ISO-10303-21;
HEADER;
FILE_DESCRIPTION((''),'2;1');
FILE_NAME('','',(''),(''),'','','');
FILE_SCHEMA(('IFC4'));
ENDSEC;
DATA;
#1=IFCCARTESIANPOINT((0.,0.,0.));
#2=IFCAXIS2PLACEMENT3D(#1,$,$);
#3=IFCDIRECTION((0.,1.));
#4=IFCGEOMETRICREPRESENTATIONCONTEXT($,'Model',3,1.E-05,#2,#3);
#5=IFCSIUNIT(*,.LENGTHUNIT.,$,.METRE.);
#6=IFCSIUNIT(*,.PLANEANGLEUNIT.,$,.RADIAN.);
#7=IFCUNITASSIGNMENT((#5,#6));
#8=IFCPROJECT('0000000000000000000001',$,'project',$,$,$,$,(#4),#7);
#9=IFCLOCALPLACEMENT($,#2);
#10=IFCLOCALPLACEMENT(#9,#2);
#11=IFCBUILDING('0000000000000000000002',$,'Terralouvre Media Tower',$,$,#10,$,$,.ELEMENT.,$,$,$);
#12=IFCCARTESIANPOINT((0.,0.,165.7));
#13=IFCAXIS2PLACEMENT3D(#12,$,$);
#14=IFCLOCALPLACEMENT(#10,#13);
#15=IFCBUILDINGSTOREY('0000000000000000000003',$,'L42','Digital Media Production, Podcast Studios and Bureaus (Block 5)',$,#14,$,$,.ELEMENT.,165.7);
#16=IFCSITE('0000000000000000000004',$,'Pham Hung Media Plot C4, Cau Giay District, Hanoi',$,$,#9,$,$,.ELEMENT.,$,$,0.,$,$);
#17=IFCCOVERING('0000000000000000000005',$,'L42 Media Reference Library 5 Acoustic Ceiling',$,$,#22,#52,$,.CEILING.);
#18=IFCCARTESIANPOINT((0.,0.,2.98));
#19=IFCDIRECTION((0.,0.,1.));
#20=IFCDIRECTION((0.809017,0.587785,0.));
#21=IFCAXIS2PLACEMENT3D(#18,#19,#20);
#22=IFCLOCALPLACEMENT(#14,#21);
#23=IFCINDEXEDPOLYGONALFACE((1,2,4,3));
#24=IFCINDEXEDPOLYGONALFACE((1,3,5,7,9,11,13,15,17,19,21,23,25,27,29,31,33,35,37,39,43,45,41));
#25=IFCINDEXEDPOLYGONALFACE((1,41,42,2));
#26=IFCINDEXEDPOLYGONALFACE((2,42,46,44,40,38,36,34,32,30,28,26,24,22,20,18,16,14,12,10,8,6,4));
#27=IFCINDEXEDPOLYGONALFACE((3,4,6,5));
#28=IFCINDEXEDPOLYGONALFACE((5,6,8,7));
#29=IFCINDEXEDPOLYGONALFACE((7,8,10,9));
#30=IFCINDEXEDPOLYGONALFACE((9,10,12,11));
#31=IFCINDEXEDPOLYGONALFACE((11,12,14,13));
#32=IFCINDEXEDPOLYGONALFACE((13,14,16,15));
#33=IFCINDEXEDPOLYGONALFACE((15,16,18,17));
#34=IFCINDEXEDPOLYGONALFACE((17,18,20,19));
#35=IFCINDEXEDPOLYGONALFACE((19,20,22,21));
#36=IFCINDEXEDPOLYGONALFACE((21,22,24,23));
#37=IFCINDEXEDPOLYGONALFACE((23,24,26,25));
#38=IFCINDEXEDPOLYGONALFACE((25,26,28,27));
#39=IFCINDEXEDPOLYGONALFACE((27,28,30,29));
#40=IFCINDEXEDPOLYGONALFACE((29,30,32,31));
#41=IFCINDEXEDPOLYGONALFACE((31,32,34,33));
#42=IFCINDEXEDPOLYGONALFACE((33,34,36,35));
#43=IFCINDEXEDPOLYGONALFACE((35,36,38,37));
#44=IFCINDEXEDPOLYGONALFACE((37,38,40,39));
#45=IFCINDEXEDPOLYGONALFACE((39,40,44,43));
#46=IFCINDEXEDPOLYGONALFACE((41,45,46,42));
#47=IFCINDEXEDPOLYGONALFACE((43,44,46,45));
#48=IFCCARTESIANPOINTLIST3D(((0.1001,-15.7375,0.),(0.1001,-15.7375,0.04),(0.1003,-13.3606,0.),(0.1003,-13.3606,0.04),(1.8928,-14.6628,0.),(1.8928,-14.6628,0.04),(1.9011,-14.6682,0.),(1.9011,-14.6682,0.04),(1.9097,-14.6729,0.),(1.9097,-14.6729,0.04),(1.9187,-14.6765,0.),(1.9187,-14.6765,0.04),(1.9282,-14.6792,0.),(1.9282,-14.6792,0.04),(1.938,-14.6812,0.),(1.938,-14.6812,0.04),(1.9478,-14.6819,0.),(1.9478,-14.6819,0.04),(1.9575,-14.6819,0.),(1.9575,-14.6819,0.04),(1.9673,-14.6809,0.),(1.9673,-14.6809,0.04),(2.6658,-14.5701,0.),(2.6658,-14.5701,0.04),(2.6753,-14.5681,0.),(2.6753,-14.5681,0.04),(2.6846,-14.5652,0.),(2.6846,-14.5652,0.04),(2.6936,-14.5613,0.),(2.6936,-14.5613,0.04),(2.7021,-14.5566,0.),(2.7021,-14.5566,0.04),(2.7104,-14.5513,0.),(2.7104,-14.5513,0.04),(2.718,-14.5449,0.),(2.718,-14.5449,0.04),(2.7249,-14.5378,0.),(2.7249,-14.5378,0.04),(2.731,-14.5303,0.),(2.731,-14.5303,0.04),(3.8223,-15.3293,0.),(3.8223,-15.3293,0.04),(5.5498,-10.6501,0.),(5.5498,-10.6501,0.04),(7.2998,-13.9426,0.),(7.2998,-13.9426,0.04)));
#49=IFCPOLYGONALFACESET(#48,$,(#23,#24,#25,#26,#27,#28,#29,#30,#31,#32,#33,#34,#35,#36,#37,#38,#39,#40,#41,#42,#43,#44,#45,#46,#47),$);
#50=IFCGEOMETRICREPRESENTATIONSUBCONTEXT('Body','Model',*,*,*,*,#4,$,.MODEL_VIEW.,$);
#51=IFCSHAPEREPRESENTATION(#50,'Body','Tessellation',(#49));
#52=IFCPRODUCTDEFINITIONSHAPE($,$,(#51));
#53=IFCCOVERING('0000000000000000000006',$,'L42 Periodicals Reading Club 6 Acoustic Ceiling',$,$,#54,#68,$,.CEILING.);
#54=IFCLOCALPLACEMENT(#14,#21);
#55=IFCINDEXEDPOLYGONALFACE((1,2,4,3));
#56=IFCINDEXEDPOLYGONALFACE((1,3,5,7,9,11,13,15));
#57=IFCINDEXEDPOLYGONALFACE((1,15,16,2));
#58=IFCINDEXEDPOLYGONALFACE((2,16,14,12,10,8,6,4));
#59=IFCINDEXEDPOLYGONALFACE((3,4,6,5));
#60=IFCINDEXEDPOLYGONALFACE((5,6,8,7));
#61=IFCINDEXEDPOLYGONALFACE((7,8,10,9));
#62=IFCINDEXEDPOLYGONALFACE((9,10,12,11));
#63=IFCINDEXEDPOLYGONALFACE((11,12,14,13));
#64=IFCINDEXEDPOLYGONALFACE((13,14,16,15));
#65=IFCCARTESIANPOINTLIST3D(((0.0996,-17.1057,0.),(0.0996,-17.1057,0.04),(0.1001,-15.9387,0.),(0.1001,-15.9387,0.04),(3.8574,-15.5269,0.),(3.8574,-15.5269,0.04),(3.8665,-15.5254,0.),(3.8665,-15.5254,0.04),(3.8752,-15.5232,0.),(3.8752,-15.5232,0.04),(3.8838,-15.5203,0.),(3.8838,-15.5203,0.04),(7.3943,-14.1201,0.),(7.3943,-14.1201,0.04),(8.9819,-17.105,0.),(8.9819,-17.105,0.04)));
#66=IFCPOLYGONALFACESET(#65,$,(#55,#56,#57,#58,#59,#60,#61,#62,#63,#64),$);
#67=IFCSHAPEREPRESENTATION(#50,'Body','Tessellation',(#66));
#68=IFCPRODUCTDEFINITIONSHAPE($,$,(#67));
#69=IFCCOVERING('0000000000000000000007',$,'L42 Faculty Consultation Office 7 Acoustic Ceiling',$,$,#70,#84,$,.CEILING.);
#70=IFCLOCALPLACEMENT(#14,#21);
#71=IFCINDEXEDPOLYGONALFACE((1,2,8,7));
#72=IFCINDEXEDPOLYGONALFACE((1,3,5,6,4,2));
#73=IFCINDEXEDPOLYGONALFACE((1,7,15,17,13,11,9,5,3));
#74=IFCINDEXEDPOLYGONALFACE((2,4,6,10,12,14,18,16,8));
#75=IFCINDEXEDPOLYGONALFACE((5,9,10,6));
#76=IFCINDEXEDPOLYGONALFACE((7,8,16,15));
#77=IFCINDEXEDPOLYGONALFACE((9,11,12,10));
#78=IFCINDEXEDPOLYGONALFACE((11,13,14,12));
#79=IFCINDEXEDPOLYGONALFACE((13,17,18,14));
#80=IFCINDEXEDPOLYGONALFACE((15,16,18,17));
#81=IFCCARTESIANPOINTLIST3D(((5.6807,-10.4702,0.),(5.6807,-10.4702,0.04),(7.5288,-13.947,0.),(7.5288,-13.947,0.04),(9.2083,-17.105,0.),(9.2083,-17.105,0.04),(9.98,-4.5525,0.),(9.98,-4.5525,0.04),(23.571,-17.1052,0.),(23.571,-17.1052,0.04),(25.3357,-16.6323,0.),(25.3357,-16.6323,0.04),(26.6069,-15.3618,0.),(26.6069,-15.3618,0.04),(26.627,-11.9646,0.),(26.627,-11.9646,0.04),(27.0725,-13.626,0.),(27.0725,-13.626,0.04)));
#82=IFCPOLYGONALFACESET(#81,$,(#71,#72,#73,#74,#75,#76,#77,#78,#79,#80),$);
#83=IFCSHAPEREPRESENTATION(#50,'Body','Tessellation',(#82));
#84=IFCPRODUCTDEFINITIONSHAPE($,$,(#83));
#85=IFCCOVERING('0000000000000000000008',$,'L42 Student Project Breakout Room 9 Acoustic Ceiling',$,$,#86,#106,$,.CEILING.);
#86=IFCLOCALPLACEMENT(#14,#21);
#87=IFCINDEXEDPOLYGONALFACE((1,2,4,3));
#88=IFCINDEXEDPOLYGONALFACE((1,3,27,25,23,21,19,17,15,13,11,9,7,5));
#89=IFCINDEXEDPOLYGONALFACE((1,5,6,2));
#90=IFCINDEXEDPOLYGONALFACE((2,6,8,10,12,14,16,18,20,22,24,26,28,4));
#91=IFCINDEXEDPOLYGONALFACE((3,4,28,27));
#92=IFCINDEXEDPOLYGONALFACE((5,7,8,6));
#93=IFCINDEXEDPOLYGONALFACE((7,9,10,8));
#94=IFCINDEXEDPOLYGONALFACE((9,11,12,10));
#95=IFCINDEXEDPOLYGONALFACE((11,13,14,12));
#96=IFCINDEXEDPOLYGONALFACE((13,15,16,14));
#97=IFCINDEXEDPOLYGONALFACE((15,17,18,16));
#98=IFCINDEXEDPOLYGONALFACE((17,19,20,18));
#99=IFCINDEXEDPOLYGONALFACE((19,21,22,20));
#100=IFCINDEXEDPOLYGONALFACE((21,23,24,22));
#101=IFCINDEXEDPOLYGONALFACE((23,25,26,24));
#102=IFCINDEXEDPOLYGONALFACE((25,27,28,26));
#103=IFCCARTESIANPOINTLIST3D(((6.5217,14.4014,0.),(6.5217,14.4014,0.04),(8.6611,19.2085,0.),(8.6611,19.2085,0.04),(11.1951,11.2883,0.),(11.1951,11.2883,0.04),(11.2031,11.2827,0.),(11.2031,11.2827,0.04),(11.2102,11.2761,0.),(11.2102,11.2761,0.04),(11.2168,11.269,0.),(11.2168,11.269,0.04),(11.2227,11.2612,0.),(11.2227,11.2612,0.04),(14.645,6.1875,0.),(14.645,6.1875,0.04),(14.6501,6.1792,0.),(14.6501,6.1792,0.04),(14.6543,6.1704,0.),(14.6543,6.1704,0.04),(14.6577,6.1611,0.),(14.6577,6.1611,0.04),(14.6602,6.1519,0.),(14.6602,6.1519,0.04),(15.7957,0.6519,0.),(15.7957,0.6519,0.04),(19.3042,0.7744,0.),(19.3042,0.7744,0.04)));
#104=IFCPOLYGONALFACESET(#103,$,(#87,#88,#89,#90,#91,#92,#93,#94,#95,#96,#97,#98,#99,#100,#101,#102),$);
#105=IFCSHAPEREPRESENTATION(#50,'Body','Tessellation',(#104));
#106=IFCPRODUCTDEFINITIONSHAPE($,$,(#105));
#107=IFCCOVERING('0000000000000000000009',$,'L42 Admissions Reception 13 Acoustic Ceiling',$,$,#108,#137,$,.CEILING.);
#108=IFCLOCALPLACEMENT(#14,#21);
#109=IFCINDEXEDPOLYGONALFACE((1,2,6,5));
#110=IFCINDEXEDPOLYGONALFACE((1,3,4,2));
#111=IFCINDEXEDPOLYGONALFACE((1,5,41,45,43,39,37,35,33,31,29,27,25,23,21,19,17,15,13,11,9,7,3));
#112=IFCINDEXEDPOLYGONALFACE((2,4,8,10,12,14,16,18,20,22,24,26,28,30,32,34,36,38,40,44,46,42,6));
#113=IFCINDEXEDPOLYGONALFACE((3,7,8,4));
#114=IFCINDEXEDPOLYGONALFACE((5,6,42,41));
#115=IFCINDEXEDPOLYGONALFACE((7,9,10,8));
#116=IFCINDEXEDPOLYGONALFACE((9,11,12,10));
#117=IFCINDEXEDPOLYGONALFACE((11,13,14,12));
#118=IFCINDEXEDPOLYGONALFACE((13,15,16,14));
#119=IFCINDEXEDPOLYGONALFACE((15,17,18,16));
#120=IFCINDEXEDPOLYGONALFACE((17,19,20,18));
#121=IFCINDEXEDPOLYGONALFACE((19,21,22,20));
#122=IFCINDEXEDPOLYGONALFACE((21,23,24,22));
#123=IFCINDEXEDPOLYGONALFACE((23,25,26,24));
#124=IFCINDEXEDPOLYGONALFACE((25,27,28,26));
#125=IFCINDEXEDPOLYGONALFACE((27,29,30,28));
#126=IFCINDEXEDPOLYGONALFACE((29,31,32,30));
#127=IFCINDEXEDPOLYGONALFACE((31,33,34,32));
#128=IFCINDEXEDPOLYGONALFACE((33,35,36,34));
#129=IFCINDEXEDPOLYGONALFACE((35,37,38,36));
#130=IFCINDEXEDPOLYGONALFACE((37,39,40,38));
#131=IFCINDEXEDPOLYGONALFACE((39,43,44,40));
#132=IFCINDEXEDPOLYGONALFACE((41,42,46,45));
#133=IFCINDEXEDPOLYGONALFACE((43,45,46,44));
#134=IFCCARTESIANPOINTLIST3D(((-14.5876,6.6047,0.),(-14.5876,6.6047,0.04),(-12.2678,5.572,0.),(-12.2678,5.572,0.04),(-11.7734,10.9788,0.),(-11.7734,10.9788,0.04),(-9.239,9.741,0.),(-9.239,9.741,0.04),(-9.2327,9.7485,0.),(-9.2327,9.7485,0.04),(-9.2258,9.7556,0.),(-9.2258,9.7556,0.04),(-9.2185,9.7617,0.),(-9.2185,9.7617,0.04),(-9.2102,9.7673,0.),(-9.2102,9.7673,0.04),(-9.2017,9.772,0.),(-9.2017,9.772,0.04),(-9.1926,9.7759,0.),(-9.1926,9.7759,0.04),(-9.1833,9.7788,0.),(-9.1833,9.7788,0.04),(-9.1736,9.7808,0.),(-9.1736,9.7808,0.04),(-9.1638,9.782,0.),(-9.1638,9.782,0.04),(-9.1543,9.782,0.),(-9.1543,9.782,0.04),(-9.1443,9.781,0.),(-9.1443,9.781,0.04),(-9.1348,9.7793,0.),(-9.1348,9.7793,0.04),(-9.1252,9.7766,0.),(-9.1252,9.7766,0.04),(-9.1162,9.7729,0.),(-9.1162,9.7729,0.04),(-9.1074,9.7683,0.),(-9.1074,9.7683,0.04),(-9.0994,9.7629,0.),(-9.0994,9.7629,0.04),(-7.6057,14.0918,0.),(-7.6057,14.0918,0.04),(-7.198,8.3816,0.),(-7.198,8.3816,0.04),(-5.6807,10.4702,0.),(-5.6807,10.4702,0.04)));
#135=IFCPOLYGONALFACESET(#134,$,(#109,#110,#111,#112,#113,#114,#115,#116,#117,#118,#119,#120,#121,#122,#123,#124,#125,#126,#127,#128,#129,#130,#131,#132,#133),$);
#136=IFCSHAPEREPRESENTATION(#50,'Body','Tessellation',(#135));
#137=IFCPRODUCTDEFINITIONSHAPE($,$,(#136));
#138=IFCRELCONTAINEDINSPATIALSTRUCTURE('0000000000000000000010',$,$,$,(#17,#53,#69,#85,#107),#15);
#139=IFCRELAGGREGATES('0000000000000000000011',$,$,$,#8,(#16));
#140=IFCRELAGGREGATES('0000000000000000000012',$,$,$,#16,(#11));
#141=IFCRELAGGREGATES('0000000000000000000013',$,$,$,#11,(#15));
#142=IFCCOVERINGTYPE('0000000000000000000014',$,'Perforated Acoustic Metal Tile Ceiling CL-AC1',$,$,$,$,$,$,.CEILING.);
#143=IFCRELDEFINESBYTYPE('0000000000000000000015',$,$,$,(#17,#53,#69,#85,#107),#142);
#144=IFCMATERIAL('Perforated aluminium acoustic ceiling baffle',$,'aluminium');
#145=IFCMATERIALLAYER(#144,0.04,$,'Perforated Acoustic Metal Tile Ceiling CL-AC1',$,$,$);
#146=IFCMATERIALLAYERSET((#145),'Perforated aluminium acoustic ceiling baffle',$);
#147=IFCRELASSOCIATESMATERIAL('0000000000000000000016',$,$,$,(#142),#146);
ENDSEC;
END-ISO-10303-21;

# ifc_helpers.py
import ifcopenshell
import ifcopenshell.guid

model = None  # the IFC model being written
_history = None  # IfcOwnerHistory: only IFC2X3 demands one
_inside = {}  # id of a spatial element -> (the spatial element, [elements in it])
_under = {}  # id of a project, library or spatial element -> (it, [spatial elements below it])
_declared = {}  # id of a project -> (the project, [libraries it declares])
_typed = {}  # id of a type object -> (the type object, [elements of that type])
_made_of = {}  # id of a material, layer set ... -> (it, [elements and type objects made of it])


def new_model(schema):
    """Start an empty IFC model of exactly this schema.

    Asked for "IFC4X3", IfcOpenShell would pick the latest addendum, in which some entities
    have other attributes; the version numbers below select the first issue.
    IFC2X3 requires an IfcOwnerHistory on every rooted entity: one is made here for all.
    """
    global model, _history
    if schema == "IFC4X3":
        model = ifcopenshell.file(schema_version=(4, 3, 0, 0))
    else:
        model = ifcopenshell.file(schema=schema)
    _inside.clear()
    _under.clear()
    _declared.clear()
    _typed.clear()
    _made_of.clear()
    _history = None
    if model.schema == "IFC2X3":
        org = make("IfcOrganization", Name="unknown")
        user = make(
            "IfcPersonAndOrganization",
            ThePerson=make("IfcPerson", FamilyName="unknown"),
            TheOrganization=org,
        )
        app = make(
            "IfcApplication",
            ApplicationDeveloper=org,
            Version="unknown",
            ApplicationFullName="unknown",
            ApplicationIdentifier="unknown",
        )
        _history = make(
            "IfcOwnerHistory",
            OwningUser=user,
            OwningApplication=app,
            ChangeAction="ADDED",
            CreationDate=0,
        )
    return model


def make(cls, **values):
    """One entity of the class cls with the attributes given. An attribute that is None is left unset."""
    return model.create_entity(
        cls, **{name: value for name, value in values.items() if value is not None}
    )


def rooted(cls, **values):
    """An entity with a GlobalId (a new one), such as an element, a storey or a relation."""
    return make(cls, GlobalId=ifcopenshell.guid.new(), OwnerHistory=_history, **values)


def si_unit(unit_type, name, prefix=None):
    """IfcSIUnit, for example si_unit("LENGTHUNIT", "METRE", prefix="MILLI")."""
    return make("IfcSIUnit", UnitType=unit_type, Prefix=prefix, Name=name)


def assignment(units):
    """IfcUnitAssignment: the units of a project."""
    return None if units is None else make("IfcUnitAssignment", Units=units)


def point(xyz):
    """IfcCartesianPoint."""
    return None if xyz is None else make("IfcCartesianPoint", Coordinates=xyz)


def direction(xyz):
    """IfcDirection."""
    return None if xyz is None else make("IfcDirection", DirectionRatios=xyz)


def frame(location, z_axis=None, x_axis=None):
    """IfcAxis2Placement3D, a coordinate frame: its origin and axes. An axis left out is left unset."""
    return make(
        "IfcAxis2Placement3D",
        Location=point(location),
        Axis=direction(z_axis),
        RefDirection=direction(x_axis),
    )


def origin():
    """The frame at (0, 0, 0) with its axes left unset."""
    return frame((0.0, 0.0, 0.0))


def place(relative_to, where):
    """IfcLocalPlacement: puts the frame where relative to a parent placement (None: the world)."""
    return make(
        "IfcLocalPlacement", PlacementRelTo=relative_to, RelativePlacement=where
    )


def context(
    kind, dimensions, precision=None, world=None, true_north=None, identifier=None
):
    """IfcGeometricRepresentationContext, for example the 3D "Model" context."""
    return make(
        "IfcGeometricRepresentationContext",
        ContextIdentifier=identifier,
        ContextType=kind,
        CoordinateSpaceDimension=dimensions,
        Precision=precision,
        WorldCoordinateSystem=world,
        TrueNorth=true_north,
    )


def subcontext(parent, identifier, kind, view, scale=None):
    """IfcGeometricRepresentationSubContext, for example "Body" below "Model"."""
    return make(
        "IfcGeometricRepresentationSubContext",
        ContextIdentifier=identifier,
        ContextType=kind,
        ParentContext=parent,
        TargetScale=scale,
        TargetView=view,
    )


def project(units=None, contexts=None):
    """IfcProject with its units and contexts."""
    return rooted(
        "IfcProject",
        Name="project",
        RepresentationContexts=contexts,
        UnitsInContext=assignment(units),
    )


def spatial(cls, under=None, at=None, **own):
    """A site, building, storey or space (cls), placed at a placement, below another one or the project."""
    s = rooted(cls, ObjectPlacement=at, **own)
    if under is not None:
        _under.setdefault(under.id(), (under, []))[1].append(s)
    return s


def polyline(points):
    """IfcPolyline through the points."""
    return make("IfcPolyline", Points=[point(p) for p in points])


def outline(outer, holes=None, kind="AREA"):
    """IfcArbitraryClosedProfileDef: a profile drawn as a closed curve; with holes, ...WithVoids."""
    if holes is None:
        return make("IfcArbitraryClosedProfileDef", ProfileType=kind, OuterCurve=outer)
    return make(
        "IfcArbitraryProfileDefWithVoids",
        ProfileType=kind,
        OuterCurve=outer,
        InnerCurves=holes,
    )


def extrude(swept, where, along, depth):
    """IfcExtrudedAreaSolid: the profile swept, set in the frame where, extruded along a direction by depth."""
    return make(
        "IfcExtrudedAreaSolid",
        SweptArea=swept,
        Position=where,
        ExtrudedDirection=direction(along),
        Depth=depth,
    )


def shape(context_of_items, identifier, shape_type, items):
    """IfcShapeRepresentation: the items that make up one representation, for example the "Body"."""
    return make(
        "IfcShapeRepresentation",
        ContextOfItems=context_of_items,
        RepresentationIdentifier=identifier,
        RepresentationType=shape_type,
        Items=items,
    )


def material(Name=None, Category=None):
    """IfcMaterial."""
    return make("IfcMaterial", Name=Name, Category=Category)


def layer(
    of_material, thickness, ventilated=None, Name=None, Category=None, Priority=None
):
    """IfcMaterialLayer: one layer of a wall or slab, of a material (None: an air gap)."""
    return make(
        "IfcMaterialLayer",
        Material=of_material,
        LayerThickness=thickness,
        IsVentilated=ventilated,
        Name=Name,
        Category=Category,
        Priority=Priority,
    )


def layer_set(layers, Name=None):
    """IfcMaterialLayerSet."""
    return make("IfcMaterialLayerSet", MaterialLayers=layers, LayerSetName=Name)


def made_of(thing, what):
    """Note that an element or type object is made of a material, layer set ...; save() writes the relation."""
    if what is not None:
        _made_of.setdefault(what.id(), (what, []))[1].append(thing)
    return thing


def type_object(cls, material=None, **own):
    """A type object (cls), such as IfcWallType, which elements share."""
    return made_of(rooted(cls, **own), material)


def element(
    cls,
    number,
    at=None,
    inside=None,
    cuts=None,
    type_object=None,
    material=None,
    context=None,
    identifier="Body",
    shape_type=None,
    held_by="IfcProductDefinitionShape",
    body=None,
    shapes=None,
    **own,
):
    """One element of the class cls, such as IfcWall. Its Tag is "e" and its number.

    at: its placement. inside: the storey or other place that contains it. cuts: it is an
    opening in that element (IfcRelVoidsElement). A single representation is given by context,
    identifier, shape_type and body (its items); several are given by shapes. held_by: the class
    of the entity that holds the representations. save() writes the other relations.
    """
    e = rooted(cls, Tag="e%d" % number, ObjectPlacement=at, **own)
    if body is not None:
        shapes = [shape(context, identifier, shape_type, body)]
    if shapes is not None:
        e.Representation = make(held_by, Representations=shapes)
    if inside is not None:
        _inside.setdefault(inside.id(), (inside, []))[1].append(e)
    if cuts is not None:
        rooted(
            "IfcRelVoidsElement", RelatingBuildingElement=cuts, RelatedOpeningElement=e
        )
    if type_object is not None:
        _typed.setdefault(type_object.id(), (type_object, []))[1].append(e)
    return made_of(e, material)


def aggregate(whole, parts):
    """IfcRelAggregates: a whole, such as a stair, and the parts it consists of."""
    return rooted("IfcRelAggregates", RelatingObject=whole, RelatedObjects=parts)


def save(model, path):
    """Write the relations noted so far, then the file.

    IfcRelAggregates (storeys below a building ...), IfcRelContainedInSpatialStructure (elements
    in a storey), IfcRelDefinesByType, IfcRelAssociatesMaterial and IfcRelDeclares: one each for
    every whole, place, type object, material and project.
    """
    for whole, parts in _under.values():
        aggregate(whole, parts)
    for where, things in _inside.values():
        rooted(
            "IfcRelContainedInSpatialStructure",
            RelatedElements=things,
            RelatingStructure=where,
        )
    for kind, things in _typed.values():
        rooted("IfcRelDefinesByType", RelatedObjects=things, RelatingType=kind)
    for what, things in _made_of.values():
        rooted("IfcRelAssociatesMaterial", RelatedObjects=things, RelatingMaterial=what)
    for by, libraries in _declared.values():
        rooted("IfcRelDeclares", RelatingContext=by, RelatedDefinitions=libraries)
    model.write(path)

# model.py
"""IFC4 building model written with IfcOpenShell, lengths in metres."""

from ifc_helpers import new_model, si_unit, direction, frame, origin, place, context, subcontext, project, spatial, polyline, outline, extrude, material, layer, layer_set, type_object, element, save


model = new_model("IFC4")

# Units and contexts
model_context = context("Model", 3, precision=1e-05, world=origin(), true_north=direction((0.0, 1.0)))
body_context = subcontext(model_context, "Body", "Model", "MODEL_VIEW")
ifc_project = project(units=[si_unit("LENGTHUNIT", "METRE"), si_unit("PLANEANGLEUNIT", "RADIAN")], contexts=[model_context])

# Site, building, storey
site_placement = place(None, origin())
site = spatial("IfcSite", under=ifc_project, at=site_placement, Name="Pham Hung Media Plot C4, Cau Giay District, Hanoi", CompositionType="ELEMENT", RefElevation=0.0)
building_placement = place(site_placement, origin())
building = spatial("IfcBuilding", under=site, at=building_placement, Name="Terralouvre Media Tower", CompositionType="ELEMENT")
storey_placement = place(building_placement, frame((0.0, 0.0, 165.7)))
storey = spatial("IfcBuildingStorey", under=building, at=storey_placement, Name="L42", Description="Digital Media Production, Podcast Studios and Bureaus (Block 5)", CompositionType="ELEMENT", Elevation=165.7)

# Coverings
ifc_material_1 = material(Name="Perforated aluminium acoustic ceiling baffle", Category="aluminium")
ifc_layer_1 = layer(ifc_material_1, 0.04, Name="Perforated Acoustic Metal Tile Ceiling CL-AC1")
ifc_layer_set_1 = layer_set([ifc_layer_1], Name="Perforated aluminium acoustic ceiling baffle")
covering_type_1 = type_object("IfcCoveringType", Name="Perforated Acoustic Metal Tile Ceiling CL-AC1", PredefinedType="CEILING", material=ifc_layer_set_1)
covering_1_placement = place(storey_placement, frame((0.0, 0.0, 2.98), z_axis=(0.0, 0.0, 1.0), x_axis=(0.809017, 0.587785, 0.0)))
element("IfcCovering", 1, at=covering_1_placement, inside=storey, type_object=covering_type_1, Name="L42 Media Reference Library 5 Acoustic Ceiling", PredefinedType="CEILING", context=body_context, shape_type="SweptSolid", body=[
    extrude(outline(polyline([(3.8223, -15.3293), (7.2998, -13.9426), (5.5498, -10.6501), (2.731, -14.5303), (2.7249, -14.5378), (2.718, -14.5449), (2.7104, -14.5513), (2.7021, -14.5566), (2.6936, -14.5613), (2.6846, -14.5652), (2.6753, -14.5681), (2.6658, -14.5701), (1.9673, -14.6809), (1.9575, -14.6819), (1.9478, -14.6819), (1.938, -14.6812), (1.9282, -14.6792), (1.9187, -14.6765), (1.9097, -14.6729), (1.9011, -14.6682), (1.8928, -14.6628), (0.1003, -13.3606), (0.1001, -15.7375), (3.8223, -15.3293)])), origin(), (0.0, 0.0, 1.0), 0.04),
])
covering_2_placement = place(storey_placement, frame((0.0, 0.0, 2.98), z_axis=(0.0, 0.0, 1.0), x_axis=(0.809017, 0.587785, 0.0)))
element("IfcCovering", 2, at=covering_2_placement, inside=storey, type_object=covering_type_1, Name="L42 Periodicals Reading Club 6 Acoustic Ceiling", PredefinedType="CEILING", context=body_context, shape_type="SweptSolid", body=[
    extrude(outline(polyline([(3.8838, -15.5203), (3.8752, -15.5232), (3.8665, -15.5254), (3.8574, -15.5269), (0.1001, -15.9387), (0.0996, -17.1057), (8.9819, -17.105), (7.3943, -14.1201), (3.8838, -15.5203)])), origin(), (0.0, 0.0, 1.0), 0.04),
])
covering_3_placement = place(storey_placement, frame((0.0, 0.0, 2.98), z_axis=(0.0, 0.0, 1.0), x_axis=(0.809017, 0.587785, 0.0)))
element("IfcCovering", 3, at=covering_3_placement, inside=storey, type_object=covering_type_1, Name="L42 Faculty Consultation Office 7 Acoustic Ceiling", PredefinedType="CEILING", context=body_context, shape_type="SweptSolid", body=[
    extrude(outline(polyline([(5.6807, -10.4702), (7.5288, -13.947), (9.2083, -17.105), (23.571, -17.1052), (25.3357, -16.6323), (26.6069, -15.3618), (27.0725, -13.626), (26.627, -11.9646), (9.98, -4.5525), (5.6807, -10.4702)])), origin(), (0.0, 0.0, 1.0), 0.04),
])
covering_4_placement = place(storey_placement, frame((0.0, 0.0, 2.98), z_axis=(0.0, 0.0, 1.0), x_axis=(0.809017, 0.587785, 0.0)))
element("IfcCovering", 4, at=covering_4_placement, inside=storey, type_object=covering_type_1, Name="L42 Student Project Breakout Room 9 Acoustic Ceiling", PredefinedType="CEILING", context=body_context, shape_type="SweptSolid", body=[
    extrude(outline(polyline([(11.1951, 11.2883), (11.2031, 11.2827), (11.2102, 11.2761), (11.2168, 11.269), (11.2227, 11.2612), (14.645, 6.1875), (14.6501, 6.1792), (14.6543, 6.1704), (14.6577, 6.1611), (14.6602, 6.1519), (15.7957, 0.6519), (19.3042, 0.7744), (8.6611, 19.2085), (6.5217, 14.4014), (11.1951, 11.2883)])), origin(), (0.0, 0.0, 1.0), 0.04),
])
covering_5_placement = place(storey_placement, frame((0.0, 0.0, 2.98), z_axis=(0.0, 0.0, 1.0), x_axis=(0.809017, 0.587785, 0.0)))
element("IfcCovering", 5, at=covering_5_placement, inside=storey, type_object=covering_type_1, Name="L42 Admissions Reception 13 Acoustic Ceiling", PredefinedType="CEILING", context=body_context, shape_type="SweptSolid", body=[
    extrude(outline(polyline([(-11.7734, 10.9788), (-14.5876, 6.6047), (-12.2678, 5.572), (-9.239, 9.741), (-9.2327, 9.7485), (-9.2258, 9.7556), (-9.2185, 9.7617), (-9.2102, 9.7673), (-9.2017, 9.772), (-9.1926, 9.7759), (-9.1833, 9.7788), (-9.1736, 9.7808), (-9.1638, 9.782), (-9.1543, 9.782), (-9.1443, 9.781), (-9.1348, 9.7793), (-9.1252, 9.7766), (-9.1162, 9.7729), (-9.1074, 9.7683), (-9.0994, 9.7629), (-7.198, 8.3816), (-5.6807, 10.4702), (-7.6057, 14.0918), (-11.7734, 10.9788)])), origin(), (0.0, 0.0, 1.0), 0.04),
])

save(model, "model.ifc")
